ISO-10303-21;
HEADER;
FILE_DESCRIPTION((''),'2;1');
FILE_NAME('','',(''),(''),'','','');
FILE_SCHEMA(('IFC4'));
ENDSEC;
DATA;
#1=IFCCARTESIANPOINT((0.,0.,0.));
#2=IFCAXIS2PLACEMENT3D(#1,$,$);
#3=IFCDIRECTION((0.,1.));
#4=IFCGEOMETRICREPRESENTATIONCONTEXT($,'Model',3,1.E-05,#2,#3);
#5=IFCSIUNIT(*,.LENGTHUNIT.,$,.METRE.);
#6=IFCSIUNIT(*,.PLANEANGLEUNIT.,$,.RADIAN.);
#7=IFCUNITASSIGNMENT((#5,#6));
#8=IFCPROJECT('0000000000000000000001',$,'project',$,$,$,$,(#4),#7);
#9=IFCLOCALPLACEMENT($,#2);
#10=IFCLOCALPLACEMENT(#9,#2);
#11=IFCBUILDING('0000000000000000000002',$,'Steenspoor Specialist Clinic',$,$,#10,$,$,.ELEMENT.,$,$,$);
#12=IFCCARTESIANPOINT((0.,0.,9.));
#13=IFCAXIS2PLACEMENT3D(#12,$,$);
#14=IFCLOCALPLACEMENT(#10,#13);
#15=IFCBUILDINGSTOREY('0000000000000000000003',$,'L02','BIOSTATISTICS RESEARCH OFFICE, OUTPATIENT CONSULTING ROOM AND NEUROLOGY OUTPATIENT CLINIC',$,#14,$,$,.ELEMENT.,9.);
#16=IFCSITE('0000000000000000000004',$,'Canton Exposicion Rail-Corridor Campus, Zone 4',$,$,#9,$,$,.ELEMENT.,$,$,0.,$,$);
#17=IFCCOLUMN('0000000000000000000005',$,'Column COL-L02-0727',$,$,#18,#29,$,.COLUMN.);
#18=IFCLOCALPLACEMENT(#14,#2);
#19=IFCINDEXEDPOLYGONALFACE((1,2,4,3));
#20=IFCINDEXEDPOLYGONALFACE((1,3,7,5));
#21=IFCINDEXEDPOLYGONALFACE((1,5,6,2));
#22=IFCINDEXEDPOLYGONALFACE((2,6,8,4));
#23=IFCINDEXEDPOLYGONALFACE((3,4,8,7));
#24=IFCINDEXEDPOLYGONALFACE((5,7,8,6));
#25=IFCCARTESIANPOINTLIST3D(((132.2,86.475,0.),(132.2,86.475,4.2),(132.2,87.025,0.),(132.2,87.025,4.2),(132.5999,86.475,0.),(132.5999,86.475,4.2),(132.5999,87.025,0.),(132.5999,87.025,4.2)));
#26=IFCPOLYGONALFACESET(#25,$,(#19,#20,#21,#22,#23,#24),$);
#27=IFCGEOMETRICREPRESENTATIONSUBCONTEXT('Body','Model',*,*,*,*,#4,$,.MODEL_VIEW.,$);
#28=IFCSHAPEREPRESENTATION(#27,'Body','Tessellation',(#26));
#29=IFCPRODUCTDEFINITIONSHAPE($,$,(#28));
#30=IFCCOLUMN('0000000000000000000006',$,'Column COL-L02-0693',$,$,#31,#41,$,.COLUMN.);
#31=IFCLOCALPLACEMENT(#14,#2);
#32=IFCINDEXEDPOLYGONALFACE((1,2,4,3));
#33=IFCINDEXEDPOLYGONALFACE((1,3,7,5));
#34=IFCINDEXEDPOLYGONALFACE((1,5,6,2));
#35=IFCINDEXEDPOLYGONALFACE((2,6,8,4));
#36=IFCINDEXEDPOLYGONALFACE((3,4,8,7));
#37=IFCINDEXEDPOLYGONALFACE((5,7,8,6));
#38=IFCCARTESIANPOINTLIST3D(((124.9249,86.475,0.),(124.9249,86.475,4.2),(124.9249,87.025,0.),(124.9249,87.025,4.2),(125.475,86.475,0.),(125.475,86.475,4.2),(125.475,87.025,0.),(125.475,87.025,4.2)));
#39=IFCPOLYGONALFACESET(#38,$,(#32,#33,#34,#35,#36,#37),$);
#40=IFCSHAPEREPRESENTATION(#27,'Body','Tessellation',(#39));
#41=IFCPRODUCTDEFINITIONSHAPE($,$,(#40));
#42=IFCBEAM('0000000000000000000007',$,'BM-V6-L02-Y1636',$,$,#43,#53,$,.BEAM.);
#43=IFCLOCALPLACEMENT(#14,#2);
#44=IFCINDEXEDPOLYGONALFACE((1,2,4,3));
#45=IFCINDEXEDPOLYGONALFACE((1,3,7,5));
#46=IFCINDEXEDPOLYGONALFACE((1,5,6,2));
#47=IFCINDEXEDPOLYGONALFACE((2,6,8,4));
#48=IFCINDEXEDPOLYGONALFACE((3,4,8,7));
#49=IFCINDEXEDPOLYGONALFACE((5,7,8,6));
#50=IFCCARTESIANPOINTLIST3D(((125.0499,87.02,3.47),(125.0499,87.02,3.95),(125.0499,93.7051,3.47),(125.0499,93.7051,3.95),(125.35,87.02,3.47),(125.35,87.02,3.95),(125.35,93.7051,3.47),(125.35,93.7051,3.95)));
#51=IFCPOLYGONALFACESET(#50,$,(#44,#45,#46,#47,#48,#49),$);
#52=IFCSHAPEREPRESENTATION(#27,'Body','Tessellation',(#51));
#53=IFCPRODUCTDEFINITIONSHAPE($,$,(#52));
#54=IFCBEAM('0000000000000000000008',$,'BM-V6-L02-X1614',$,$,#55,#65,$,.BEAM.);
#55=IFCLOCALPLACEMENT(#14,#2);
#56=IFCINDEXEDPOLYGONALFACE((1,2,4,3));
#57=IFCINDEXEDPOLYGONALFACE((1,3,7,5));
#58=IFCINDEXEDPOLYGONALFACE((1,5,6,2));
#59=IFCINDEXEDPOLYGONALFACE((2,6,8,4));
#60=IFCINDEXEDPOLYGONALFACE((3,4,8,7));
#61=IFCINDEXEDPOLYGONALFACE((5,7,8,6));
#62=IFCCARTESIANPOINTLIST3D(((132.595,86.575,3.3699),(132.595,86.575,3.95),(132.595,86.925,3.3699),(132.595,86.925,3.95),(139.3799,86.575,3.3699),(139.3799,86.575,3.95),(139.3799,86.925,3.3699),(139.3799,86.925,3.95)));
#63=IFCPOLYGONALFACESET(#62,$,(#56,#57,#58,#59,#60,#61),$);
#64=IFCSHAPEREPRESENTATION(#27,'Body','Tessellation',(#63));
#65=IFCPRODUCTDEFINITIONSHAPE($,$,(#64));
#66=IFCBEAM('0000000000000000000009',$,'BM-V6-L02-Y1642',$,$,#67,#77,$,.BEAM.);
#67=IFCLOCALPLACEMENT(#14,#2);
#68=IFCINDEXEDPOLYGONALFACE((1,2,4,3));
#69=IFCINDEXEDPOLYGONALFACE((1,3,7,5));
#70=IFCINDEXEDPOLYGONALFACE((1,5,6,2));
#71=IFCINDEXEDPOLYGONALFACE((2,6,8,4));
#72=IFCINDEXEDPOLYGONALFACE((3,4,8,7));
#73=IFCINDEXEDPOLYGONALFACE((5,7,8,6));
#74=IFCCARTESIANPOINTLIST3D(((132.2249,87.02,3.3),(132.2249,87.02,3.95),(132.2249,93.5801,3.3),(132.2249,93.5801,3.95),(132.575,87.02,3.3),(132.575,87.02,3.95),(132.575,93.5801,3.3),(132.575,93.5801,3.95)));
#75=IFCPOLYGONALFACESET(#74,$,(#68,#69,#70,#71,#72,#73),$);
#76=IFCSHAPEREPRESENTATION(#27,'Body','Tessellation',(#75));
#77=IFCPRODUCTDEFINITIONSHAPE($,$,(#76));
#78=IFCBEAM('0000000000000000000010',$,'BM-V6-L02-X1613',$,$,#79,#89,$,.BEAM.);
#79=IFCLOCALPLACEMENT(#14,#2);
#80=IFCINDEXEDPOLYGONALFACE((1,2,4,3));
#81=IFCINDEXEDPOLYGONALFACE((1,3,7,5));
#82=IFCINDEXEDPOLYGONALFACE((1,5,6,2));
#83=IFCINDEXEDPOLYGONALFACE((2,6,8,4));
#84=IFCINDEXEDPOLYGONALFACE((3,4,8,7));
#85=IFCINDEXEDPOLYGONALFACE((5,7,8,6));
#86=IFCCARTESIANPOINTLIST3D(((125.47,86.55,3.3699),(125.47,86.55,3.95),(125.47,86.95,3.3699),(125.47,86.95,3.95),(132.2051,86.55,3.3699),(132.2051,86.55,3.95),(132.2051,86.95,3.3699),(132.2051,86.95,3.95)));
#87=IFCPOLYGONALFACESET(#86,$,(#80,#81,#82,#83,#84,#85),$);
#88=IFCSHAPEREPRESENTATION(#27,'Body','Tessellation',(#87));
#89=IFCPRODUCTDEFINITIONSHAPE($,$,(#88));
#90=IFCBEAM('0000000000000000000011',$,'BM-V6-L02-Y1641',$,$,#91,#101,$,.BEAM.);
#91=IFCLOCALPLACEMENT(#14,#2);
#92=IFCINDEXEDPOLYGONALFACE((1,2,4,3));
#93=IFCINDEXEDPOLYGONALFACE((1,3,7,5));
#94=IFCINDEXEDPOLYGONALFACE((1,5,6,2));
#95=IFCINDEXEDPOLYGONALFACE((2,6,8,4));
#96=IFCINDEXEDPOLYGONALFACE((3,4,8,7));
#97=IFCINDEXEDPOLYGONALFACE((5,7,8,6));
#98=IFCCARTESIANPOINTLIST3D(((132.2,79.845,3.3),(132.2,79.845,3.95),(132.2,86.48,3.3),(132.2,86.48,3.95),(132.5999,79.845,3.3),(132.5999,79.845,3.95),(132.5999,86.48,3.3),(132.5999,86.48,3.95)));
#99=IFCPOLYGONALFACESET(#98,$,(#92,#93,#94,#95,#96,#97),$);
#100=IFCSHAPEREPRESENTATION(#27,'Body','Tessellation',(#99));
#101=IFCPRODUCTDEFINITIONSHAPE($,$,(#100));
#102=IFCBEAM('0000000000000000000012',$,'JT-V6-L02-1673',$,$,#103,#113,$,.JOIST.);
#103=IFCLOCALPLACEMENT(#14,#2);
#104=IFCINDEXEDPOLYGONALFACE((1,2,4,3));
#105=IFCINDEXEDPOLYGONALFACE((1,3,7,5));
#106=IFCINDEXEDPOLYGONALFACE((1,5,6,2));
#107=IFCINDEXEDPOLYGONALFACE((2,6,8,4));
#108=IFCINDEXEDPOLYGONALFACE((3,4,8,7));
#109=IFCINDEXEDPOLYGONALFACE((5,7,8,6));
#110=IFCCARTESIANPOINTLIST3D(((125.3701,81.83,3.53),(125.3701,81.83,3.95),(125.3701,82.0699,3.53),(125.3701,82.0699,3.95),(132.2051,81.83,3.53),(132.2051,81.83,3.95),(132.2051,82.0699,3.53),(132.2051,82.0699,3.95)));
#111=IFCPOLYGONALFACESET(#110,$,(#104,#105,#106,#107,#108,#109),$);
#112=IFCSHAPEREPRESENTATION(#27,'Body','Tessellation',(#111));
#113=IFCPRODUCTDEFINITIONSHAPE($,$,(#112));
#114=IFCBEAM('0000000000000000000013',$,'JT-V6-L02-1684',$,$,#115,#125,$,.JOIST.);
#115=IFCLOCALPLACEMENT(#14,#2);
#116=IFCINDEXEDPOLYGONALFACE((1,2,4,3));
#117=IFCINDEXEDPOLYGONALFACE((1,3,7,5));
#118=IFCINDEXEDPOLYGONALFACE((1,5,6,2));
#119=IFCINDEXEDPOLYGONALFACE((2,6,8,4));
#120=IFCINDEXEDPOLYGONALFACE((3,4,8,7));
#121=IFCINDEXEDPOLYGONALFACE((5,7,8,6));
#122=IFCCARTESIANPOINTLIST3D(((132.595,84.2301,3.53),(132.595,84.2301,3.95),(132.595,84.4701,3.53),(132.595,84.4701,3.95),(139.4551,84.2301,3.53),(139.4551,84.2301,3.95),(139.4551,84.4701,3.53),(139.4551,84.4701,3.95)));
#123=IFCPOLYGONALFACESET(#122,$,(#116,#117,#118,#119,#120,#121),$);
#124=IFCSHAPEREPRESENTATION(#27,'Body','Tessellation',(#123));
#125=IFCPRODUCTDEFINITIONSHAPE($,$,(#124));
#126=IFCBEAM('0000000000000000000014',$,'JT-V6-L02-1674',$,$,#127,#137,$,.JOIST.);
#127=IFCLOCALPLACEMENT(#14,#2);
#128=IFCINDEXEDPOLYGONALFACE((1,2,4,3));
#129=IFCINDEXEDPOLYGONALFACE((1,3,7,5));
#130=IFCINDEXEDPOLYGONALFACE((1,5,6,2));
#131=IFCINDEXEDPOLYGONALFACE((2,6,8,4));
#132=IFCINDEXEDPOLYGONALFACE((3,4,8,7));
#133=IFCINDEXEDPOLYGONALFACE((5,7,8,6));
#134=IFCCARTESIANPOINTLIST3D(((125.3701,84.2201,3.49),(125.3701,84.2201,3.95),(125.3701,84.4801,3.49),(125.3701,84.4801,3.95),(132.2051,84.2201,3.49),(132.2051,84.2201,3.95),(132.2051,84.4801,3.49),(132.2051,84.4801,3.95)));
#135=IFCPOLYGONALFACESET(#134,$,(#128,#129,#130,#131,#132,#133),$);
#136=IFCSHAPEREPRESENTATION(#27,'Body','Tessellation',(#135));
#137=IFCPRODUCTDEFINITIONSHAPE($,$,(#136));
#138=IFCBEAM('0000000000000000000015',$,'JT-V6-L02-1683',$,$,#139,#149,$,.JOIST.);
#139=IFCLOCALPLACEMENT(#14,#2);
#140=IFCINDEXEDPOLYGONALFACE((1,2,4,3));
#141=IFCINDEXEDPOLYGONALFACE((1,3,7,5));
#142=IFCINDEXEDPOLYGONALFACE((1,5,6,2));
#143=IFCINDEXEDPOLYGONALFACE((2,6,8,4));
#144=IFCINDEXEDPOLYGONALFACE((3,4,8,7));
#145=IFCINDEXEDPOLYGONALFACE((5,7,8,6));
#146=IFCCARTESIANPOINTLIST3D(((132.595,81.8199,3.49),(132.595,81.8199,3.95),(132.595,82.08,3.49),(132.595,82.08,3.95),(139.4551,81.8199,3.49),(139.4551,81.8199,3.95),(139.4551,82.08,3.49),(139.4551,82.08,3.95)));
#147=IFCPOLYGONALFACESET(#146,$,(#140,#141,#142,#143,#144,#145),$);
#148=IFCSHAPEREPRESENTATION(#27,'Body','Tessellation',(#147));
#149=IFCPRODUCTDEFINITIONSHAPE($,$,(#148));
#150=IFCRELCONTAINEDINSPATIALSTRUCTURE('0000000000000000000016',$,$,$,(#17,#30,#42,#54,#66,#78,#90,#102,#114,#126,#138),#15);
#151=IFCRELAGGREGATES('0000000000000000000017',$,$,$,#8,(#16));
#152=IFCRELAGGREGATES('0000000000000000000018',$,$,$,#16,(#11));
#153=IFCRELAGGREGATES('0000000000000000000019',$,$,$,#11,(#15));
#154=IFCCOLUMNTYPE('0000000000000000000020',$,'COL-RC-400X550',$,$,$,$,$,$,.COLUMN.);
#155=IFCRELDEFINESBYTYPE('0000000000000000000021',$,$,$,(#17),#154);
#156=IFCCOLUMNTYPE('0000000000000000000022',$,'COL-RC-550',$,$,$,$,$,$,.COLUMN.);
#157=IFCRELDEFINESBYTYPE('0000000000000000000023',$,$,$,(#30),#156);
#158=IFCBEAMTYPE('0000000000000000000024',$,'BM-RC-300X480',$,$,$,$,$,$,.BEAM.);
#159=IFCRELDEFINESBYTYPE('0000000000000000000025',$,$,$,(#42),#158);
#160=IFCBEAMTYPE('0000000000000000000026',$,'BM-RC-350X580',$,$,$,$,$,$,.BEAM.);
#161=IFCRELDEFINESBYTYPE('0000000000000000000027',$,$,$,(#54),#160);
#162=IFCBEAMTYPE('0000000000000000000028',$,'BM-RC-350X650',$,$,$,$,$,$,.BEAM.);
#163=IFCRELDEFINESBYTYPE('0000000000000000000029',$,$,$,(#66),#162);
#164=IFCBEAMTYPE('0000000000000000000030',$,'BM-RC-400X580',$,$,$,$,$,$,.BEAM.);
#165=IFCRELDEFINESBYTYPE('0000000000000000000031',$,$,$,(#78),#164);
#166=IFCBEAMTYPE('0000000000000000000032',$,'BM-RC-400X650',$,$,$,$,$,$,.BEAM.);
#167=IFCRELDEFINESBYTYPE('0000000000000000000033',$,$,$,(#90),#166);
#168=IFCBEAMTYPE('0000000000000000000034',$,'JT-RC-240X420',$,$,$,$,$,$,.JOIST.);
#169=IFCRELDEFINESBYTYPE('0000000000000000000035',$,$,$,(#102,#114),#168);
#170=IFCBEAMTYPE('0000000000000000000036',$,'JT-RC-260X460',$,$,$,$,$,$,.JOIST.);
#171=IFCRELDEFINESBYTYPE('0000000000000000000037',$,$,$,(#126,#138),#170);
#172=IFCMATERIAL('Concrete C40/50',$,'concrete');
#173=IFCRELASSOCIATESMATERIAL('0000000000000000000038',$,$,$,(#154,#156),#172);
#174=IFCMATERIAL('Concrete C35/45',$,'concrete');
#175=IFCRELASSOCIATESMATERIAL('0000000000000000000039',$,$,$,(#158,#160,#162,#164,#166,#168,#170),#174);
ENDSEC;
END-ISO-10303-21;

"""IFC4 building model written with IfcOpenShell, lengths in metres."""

from ifc_helpers import new_model, si_unit, direction, frame, origin, origin_2d, place, context, subcontext, project, spatial, rectangle, extrude, material, material_profile, profile_set, type_object, element, save


model = new_model("IFC4")

# Units and contexts
model_context = context("Model", 3, precision=1e-05, world=origin(), true_north=direction((0.0, 1.0)))
body_context = subcontext(model_context, "Body", "Model", "MODEL_VIEW")
ifc_project = project(units=[si_unit("LENGTHUNIT", "METRE"), si_unit("PLANEANGLEUNIT", "RADIAN")], contexts=[model_context])

# Site, building, storey
site_placement = place(None, origin())
site = spatial("IfcSite", under=ifc_project, at=site_placement, Name="Canton Exposicion Rail-Corridor Campus, Zone 4", CompositionType="ELEMENT", RefElevation=0.0)
building_placement = place(site_placement, origin())
building = spatial("IfcBuilding", under=site, at=building_placement, Name="Steenspoor Specialist Clinic", CompositionType="ELEMENT")
storey_placement = place(building_placement, frame((0.0, 0.0, 9.0)))
storey = spatial("IfcBuildingStorey", under=building, at=storey_placement, Name="L02", Description="BIOSTATISTICS RESEARCH OFFICE, OUTPATIENT CONSULTING ROOM AND NEUROLOGY OUTPATIENT CLINIC", CompositionType="ELEMENT", Elevation=9.0)

# Columns
ifc_material_1 = material(Name="Concrete C40/50", Category="concrete")
ifc_material_profile_1 = material_profile(ifc_material_1, rectangle(XDim=0.3999, YDim=0.55, at=origin_2d()), Name="RC-COL-400X550")
ifc_profile_set_1 = profile_set([ifc_material_profile_1], Name="Concrete C40/50")
column_type_1 = type_object("IfcColumnType", Name="COL-RC-400X550", PredefinedType="COLUMN", material=ifc_profile_set_1)
column_1_placement = place(storey_placement, frame((132.3999, 86.75, 0.0), z_axis=(0.0, 0.0, 1.0), x_axis=(1.0, 0.0, 0.0)))
element("IfcColumn", 1, at=column_1_placement, inside=storey, type_object=column_type_1, Name="Column COL-L02-0727", PredefinedType="COLUMN", context=body_context, shape_type="SweptSolid", body=[
    extrude(rectangle(XDim=0.3999, YDim=0.55, at=origin_2d()), origin(), (0.0, 0.0, 1.0), 4.2),
])
ifc_material_profile_2 = material_profile(ifc_material_1, rectangle(XDim=0.55, YDim=0.55, at=origin_2d()), Name="RC-COL-550X550")
ifc_profile_set_2 = profile_set([ifc_material_profile_2], Name="Concrete C40/50")
column_type_2 = type_object("IfcColumnType", Name="COL-RC-550", PredefinedType="COLUMN", material=ifc_profile_set_2)
column_2_placement = place(storey_placement, frame((125.2, 86.75, 0.0), z_axis=(0.0, 0.0, 1.0), x_axis=(1.0, 0.0, 0.0)))
element("IfcColumn", 2, at=column_2_placement, inside=storey, type_object=column_type_2, Name="Column COL-L02-0693", PredefinedType="COLUMN", context=body_context, shape_type="SweptSolid", body=[
    extrude(rectangle(XDim=0.55, YDim=0.55, at=origin_2d()), origin(), (0.0, 0.0, 1.0), 4.2),
])

# Beams
ifc_material_2 = material(Name="Concrete C35/45", Category="concrete")
ifc_material_profile_3 = material_profile(ifc_material_2, rectangle(XDim=0.3, YDim=0.48, at=origin_2d()), Name="RC-BM-300X480")
ifc_profile_set_3 = profile_set([ifc_material_profile_3], Name="Concrete C35/45")
beam_type_1 = type_object("IfcBeamType", Name="BM-RC-300X480", PredefinedType="BEAM", material=ifc_profile_set_3)
beam_1_placement = place(storey_placement, frame((125.2, 87.02, 3.71), z_axis=(0.0, 1.0, 0.0), x_axis=(-1.0, 0.0, 0.0)))
element("IfcBeam", 3, at=beam_1_placement, inside=storey, type_object=beam_type_1, Name="BM-V6-L02-Y1636", PredefinedType="BEAM", context=body_context, shape_type="SweptSolid", body=[
    extrude(rectangle(XDim=0.3, YDim=0.48, at=origin_2d()), origin(), (0.0, 0.0, 1.0), 6.6851),
])
ifc_material_profile_4 = material_profile(ifc_material_2, rectangle(XDim=0.3501, YDim=0.5801, at=origin_2d()), Name="RC-BM-350X580")
ifc_profile_set_4 = profile_set([ifc_material_profile_4], Name="Concrete C35/45")
beam_type_2 = type_object("IfcBeamType", Name="BM-RC-350X580", PredefinedType="BEAM", material=ifc_profile_set_4)
beam_2_placement = place(storey_placement, frame((132.595, 86.75, 3.6599), z_axis=(1.0, 0.0, 0.0), x_axis=(0.0, 1.0, 0.0)))
element("IfcBeam", 4, at=beam_2_placement, inside=storey, type_object=beam_type_2, Name="BM-V6-L02-X1614", PredefinedType="BEAM", context=body_context, shape_type="SweptSolid", body=[
    extrude(rectangle(XDim=0.3501, YDim=0.5801, at=origin_2d()), origin(), (0.0, 0.0, 1.0), 6.7849),
])
ifc_material_profile_5 = material_profile(ifc_material_2, rectangle(XDim=0.3501, YDim=0.6499, at=origin_2d()), Name="RC-BM-350X650")
ifc_profile_set_5 = profile_set([ifc_material_profile_5], Name="Concrete C35/45")
beam_type_3 = type_object("IfcBeamType", Name="BM-RC-350X650", PredefinedType="BEAM", material=ifc_profile_set_5)
beam_3_placement = place(storey_placement, frame((132.3999, 87.02, 3.625), z_axis=(0.0, 1.0, 0.0), x_axis=(-1.0, 0.0, 0.0)))
element("IfcBeam", 5, at=beam_3_placement, inside=storey, type_object=beam_type_3, Name="BM-V6-L02-Y1642", PredefinedType="BEAM", context=body_context, shape_type="SweptSolid", body=[
    extrude(rectangle(XDim=0.3501, YDim=0.6499, at=origin_2d()), origin(), (0.0, 0.0, 1.0), 6.5601),
])
ifc_material_profile_6 = material_profile(ifc_material_2, rectangle(XDim=0.3999, YDim=0.5801, at=origin_2d()), Name="RC-BM-400X580")
ifc_profile_set_6 = profile_set([ifc_material_profile_6], Name="Concrete C35/45")
beam_type_4 = type_object("IfcBeamType", Name="BM-RC-400X580", PredefinedType="BEAM", material=ifc_profile_set_6)
beam_4_placement = place(storey_placement, frame((125.47, 86.75, 3.6599), z_axis=(1.0, 0.0, 0.0), x_axis=(0.0, 1.0, 0.0)))
element("IfcBeam", 6, at=beam_4_placement, inside=storey, type_object=beam_type_4, Name="BM-V6-L02-X1613", PredefinedType="BEAM", context=body_context, shape_type="SweptSolid", body=[
    extrude(rectangle(XDim=0.3999, YDim=0.5801, at=origin_2d()), origin(), (0.0, 0.0, 1.0), 6.7351),
])
ifc_material_profile_7 = material_profile(ifc_material_2, rectangle(XDim=0.3999, YDim=0.6499, at=origin_2d()), Name="RC-BM-400X650")
ifc_profile_set_7 = profile_set([ifc_material_profile_7], Name="Concrete C35/45")
beam_type_5 = type_object("IfcBeamType", Name="BM-RC-400X650", PredefinedType="BEAM", material=ifc_profile_set_7)
beam_5_placement = place(storey_placement, frame((132.3999, 79.845, 3.625), z_axis=(0.0, 1.0, 0.0), x_axis=(-1.0, 0.0, 0.0)))
element("IfcBeam", 7, at=beam_5_placement, inside=storey, type_object=beam_type_5, Name="BM-V6-L02-Y1641", PredefinedType="BEAM", context=body_context, shape_type="SweptSolid", body=[
    extrude(rectangle(XDim=0.3999, YDim=0.6499, at=origin_2d()), origin(), (0.0, 0.0, 1.0), 6.635),
])
ifc_material_profile_8 = material_profile(ifc_material_2, rectangle(XDim=0.24, YDim=0.4199, at=origin_2d()), Name="RC-JT-240X420")
ifc_profile_set_8 = profile_set([ifc_material_profile_8], Name="Concrete C35/45")
beam_type_6 = type_object("IfcBeamType", Name="JT-RC-240X420", PredefinedType="JOIST", material=ifc_profile_set_8)
beam_6_placement = place(storey_placement, frame((125.3701, 81.95, 3.74), z_axis=(1.0, 0.0, 0.0), x_axis=(0.0, 1.0, 0.0)))
element("IfcBeam", 8, at=beam_6_placement, inside=storey, type_object=beam_type_6, Name="JT-V6-L02-1673", PredefinedType="JOIST", context=body_context, shape_type="SweptSolid", body=[
    extrude(rectangle(XDim=0.24, YDim=0.4199, at=origin_2d()), origin(), (0.0, 0.0, 1.0), 6.835),
])
beam_7_placement = place(storey_placement, frame((132.595, 84.3501, 3.74), z_axis=(1.0, 0.0, 0.0), x_axis=(0.0, 1.0, 0.0)))
element("IfcBeam", 9, at=beam_7_placement, inside=storey, type_object=beam_type_6, Name="JT-V6-L02-1684", PredefinedType="JOIST", context=body_context, shape_type="SweptSolid", body=[
    extrude(rectangle(XDim=0.24, YDim=0.4199, at=origin_2d()), origin(), (0.0, 0.0, 1.0), 6.8601),
])
ifc_material_profile_9 = material_profile(ifc_material_2, rectangle(XDim=0.26, YDim=0.46, at=origin_2d()), Name="RC-JT-260X460")
ifc_profile_set_9 = profile_set([ifc_material_profile_9], Name="Concrete C35/45")
beam_type_7 = type_object("IfcBeamType", Name="JT-RC-260X460", PredefinedType="JOIST", material=ifc_profile_set_9)
beam_8_placement = place(storey_placement, frame((125.3701, 84.3501, 3.72), z_axis=(1.0, 0.0, 0.0), x_axis=(0.0, 1.0, 0.0)))
element("IfcBeam", 10, at=beam_8_placement, inside=storey, type_object=beam_type_7, Name="JT-V6-L02-1674", PredefinedType="JOIST", context=body_context, shape_type="SweptSolid", body=[
    extrude(rectangle(XDim=0.26, YDim=0.46, at=origin_2d()), origin(), (0.0, 0.0, 1.0), 6.835),
])
beam_9_placement = place(storey_placement, frame((132.595, 81.95, 3.72), z_axis=(1.0, 0.0, 0.0), x_axis=(0.0, 1.0, 0.0)))
element("IfcBeam", 11, at=beam_9_placement, inside=storey, type_object=beam_type_7, Name="JT-V6-L02-1683", PredefinedType="JOIST", context=body_context, shape_type="SweptSolid", body=[
    extrude(rectangle(XDim=0.26, YDim=0.46, at=origin_2d()), origin(), (0.0, 0.0, 1.0), 6.8601),
])

save(model, "model.ifc")
